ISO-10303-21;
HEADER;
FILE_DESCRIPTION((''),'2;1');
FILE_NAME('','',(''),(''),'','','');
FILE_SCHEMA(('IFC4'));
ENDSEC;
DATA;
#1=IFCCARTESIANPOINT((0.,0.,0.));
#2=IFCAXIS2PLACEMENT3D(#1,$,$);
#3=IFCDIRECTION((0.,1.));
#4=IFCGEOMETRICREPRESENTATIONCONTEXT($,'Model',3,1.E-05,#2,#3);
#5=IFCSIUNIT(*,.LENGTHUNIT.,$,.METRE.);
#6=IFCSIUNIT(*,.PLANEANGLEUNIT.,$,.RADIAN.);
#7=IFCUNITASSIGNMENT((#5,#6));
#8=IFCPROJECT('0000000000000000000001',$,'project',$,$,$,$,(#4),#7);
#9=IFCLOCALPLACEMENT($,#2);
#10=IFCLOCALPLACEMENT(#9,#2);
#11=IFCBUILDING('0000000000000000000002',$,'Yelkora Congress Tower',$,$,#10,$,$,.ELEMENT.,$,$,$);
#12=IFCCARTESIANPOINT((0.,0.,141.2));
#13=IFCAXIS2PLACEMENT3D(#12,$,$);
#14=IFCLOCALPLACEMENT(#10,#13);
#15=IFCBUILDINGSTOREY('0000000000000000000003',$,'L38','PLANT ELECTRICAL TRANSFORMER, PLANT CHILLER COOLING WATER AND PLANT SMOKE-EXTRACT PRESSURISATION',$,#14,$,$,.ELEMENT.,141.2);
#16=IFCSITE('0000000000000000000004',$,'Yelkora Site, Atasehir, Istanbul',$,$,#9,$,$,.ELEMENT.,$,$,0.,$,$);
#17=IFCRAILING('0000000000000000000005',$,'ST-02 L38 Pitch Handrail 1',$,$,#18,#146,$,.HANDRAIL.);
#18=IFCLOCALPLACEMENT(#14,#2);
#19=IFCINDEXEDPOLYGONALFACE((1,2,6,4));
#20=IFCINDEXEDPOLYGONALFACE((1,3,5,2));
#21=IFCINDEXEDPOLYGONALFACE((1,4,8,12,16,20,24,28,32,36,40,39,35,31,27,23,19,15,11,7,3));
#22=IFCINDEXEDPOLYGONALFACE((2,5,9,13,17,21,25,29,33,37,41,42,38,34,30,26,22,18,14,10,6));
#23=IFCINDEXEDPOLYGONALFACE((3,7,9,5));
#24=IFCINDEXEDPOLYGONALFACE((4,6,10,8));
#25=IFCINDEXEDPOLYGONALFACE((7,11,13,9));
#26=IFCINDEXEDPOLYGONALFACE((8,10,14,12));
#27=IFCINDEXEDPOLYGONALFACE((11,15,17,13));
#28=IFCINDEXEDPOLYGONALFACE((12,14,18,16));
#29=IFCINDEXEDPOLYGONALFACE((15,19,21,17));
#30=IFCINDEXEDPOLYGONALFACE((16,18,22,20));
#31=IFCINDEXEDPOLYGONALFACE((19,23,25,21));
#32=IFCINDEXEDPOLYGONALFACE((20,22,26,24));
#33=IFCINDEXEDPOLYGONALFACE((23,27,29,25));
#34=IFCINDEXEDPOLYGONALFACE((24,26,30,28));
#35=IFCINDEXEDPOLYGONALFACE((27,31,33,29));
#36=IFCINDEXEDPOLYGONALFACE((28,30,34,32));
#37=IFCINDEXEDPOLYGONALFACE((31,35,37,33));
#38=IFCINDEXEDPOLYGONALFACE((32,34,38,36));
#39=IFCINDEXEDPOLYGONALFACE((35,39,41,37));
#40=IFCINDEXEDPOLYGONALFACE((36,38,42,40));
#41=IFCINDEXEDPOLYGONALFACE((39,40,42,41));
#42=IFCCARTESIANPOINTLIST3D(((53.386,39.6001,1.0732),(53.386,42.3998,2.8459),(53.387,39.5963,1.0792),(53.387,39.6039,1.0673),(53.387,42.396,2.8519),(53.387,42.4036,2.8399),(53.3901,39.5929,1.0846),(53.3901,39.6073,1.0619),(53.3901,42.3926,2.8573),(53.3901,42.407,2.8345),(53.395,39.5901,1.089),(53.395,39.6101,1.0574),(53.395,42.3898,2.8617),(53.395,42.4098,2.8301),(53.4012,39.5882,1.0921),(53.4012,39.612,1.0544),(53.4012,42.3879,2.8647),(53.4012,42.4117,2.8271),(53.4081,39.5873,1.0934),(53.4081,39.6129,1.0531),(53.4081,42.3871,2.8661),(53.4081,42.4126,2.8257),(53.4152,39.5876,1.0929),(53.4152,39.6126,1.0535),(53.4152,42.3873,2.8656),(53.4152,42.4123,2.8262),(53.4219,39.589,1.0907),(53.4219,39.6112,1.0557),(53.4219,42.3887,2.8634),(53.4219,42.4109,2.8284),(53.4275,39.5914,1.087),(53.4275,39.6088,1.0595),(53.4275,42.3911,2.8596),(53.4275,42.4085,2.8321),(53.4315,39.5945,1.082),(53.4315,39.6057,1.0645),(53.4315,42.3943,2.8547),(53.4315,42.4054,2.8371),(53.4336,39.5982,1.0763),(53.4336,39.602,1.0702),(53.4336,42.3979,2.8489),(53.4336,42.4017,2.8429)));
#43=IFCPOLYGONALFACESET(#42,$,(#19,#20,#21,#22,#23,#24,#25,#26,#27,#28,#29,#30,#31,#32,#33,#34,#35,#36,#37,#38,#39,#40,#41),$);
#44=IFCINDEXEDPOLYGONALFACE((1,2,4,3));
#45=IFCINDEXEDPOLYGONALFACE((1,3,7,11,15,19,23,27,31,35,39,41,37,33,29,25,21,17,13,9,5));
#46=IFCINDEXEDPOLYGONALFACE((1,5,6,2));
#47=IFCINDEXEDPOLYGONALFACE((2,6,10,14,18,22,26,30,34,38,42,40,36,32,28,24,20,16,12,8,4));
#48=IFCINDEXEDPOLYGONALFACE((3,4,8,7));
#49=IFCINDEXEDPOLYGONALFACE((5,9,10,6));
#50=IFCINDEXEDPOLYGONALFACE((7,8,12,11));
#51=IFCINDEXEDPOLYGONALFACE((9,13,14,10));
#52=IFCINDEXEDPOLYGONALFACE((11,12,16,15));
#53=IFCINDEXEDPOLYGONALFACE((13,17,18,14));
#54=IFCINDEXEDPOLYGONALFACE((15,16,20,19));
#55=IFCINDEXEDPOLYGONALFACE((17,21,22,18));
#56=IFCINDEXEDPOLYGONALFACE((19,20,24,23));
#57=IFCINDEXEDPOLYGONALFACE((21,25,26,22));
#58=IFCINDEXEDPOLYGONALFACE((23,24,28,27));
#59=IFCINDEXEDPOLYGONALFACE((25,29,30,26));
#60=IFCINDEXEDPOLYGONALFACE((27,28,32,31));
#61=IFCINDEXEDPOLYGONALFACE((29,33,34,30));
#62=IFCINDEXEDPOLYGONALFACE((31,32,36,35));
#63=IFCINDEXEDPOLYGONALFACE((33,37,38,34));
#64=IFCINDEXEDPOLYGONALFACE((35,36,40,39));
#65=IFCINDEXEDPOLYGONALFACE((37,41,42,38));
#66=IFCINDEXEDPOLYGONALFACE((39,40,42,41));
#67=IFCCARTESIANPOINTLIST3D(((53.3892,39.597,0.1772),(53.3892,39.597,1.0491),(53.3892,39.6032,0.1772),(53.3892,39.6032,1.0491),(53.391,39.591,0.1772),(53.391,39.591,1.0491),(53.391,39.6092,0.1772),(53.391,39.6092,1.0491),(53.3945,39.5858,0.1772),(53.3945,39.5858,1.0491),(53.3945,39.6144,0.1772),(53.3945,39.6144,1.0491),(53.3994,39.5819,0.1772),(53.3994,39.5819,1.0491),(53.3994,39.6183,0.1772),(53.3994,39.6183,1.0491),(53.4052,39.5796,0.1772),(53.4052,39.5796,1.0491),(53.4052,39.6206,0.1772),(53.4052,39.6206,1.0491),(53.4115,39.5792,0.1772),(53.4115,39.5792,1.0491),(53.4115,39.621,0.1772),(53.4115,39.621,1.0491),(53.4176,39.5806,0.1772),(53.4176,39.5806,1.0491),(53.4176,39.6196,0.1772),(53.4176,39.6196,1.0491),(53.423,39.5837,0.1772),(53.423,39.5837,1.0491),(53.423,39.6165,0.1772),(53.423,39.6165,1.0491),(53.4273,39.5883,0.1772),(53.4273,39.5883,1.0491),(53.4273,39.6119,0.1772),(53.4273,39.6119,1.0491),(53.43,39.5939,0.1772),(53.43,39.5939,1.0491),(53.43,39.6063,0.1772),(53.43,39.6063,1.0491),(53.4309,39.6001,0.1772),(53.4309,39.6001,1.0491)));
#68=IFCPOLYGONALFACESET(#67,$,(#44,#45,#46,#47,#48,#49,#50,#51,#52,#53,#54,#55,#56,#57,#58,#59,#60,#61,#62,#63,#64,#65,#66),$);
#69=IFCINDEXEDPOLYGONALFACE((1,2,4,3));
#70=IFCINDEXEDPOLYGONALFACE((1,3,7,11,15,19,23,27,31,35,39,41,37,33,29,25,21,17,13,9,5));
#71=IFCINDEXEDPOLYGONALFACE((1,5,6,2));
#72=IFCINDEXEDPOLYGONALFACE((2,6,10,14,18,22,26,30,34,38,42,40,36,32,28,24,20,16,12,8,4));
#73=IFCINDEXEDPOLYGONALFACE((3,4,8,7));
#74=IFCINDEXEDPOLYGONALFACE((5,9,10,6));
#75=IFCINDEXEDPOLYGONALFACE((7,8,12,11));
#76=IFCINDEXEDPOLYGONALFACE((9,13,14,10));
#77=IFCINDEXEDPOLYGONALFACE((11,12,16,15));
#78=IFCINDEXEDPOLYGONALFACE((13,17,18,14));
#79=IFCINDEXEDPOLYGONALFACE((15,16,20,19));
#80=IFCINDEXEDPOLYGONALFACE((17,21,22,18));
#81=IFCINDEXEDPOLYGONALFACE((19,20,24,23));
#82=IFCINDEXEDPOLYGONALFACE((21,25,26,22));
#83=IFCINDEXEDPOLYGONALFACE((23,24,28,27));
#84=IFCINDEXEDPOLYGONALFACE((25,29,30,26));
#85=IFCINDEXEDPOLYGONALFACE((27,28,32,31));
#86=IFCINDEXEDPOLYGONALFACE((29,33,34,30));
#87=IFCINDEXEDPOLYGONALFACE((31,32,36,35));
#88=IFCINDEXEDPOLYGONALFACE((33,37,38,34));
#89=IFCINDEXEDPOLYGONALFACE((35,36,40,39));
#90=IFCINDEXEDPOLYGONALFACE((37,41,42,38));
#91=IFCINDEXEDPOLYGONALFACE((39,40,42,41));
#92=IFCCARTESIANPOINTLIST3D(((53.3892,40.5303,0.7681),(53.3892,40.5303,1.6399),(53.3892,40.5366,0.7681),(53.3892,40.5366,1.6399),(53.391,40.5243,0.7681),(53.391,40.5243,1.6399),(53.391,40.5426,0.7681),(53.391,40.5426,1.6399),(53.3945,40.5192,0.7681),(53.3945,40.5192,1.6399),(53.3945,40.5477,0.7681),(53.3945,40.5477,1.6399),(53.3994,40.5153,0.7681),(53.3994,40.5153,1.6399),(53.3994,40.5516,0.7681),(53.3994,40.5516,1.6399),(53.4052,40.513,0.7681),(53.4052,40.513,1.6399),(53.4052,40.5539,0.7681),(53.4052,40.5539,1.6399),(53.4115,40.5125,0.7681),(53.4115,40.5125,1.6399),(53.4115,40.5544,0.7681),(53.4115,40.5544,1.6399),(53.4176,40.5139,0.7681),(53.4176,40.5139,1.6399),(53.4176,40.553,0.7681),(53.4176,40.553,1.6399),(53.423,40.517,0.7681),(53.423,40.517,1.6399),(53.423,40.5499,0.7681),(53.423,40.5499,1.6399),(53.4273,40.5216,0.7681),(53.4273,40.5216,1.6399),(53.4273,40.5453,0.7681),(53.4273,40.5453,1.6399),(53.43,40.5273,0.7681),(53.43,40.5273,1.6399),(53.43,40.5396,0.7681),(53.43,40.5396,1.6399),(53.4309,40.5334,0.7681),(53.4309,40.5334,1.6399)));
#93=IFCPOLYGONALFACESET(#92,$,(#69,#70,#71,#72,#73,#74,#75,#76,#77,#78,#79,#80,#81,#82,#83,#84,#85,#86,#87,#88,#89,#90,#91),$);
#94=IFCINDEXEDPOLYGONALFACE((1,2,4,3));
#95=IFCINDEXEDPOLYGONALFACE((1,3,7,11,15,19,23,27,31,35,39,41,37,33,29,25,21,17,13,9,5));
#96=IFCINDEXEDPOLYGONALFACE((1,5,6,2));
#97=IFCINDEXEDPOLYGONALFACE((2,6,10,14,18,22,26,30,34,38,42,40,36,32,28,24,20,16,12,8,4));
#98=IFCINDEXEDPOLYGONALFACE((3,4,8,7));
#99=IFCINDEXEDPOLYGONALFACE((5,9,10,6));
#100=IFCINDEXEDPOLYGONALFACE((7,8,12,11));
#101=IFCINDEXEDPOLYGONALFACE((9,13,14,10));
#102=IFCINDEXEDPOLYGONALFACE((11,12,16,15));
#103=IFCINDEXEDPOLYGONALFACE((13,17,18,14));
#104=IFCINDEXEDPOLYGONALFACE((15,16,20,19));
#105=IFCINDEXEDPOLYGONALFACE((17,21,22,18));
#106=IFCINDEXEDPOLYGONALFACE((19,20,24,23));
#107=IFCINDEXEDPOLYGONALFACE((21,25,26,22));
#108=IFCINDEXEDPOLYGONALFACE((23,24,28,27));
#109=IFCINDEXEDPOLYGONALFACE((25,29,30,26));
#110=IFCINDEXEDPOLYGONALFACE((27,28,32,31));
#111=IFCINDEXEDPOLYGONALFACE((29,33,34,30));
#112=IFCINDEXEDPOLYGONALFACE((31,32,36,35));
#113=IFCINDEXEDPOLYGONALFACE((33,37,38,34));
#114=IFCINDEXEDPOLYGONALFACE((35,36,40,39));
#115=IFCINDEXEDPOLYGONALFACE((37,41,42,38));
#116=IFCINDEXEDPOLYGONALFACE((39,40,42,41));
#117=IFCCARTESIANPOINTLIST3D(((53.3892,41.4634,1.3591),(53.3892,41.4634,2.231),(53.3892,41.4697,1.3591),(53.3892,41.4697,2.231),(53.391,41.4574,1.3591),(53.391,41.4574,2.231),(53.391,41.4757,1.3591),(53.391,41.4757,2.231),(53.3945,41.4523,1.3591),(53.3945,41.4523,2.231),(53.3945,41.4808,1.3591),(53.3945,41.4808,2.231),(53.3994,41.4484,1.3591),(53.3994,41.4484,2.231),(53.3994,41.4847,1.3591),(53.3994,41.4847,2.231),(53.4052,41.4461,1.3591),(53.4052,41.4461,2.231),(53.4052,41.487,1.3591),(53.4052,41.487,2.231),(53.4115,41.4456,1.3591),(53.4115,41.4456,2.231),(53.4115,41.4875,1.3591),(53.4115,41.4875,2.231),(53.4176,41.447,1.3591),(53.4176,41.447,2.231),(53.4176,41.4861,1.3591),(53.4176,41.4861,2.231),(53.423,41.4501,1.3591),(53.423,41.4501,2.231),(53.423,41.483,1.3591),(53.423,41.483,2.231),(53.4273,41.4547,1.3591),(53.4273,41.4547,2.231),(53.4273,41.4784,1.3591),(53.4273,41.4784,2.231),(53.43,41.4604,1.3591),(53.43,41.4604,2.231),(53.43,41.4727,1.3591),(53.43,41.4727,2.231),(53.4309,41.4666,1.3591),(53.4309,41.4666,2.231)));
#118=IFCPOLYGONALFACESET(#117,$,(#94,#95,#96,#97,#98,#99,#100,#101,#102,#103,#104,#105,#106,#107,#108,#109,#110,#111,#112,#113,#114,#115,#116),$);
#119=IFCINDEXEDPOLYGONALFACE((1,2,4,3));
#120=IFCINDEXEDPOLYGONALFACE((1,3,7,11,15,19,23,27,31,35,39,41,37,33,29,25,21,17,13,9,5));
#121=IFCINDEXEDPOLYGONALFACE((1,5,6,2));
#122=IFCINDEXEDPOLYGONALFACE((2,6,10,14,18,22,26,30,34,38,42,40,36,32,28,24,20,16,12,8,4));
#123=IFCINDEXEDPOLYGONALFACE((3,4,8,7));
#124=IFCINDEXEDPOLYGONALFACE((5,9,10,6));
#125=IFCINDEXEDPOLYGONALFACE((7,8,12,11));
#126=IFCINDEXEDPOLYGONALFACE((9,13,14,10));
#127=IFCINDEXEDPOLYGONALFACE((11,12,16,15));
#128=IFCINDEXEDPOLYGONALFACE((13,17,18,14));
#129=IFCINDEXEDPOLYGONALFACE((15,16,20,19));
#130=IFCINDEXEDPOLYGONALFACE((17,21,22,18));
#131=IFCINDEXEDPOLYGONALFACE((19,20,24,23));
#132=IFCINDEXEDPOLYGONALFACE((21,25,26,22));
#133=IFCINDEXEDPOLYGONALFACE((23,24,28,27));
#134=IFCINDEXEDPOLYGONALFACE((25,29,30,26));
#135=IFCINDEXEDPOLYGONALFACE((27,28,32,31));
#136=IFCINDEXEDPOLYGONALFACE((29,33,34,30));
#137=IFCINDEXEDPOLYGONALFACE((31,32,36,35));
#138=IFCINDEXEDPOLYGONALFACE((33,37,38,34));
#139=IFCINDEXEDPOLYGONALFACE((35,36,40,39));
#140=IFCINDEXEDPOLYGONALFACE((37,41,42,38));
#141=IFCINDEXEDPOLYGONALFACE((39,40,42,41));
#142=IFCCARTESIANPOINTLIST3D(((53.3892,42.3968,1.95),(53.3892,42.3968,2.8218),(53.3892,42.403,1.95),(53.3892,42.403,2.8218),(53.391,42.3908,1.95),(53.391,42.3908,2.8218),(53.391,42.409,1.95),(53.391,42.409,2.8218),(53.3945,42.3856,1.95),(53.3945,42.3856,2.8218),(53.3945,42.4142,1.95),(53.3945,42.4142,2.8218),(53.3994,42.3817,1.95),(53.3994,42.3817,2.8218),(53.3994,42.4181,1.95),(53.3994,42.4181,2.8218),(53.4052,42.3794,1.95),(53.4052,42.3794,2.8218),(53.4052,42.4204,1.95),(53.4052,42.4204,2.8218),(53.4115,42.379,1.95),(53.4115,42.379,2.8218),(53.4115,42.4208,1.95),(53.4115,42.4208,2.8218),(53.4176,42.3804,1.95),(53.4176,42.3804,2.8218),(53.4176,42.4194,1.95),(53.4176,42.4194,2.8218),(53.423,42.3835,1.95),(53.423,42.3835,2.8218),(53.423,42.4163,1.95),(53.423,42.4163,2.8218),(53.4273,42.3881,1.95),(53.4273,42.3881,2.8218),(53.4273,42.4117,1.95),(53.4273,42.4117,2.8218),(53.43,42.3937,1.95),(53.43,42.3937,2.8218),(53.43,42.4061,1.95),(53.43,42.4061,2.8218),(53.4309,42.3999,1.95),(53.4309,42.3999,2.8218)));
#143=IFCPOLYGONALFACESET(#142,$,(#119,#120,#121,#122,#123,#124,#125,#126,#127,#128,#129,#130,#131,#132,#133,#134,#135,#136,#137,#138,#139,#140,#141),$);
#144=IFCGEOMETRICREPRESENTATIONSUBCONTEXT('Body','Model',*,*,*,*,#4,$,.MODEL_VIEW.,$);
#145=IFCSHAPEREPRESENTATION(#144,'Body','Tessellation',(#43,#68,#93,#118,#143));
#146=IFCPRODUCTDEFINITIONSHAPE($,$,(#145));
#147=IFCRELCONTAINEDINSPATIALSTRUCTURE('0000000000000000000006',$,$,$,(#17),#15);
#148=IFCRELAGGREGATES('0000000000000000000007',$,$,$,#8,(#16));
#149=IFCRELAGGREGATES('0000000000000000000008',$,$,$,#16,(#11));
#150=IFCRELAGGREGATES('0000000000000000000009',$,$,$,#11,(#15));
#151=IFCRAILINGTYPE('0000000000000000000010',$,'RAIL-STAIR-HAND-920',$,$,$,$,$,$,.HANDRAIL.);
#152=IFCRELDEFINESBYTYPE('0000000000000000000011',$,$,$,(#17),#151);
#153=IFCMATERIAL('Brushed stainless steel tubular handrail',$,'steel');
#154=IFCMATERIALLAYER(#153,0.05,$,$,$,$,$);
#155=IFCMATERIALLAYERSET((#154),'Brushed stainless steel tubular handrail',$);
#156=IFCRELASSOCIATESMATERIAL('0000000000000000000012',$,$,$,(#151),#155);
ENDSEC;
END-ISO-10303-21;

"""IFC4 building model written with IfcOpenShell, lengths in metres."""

from ifc_helpers import new_model, si_unit, direction, frame, origin, origin_2d, place, context, subcontext, project, spatial, circle, extrude, material, layer, layer_set, type_object, element, save


model = new_model("IFC4")

# Units and contexts
model_context = context("Model", 3, precision=1e-05, world=origin(), true_north=direction((0.0, 1.0)))
body_context = subcontext(model_context, "Body", "Model", "MODEL_VIEW")
ifc_project = project(units=[si_unit("LENGTHUNIT", "METRE"), si_unit("PLANEANGLEUNIT", "RADIAN")], contexts=[model_context])

# Site, building, storey
site_placement = place(None, origin())
site = spatial("IfcSite", under=ifc_project, at=site_placement, Name="Yelkora Site, Atasehir, Istanbul", CompositionType="ELEMENT", RefElevation=0.0)
building_placement = place(site_placement, origin())
building = spatial("IfcBuilding", under=site, at=building_placement, Name="Yelkora Congress Tower", CompositionType="ELEMENT")
storey_placement = place(building_placement, frame((0.0, 0.0, 141.2)))
storey = spatial("IfcBuildingStorey", under=building, at=storey_placement, Name="L38", Description="PLANT ELECTRICAL TRANSFORMER, PLANT CHILLER COOLING WATER AND PLANT SMOKE-EXTRACT PRESSURISATION", CompositionType="ELEMENT", Elevation=141.2)

# Railing
ifc_material_1 = material(Name="Brushed stainless steel tubular handrail", Category="steel")
ifc_layer_1 = layer(ifc_material_1, 0.05)
ifc_layer_set_1 = layer_set([ifc_layer_1], Name="Brushed stainless steel tubular handrail")
railing_type_1 = type_object("IfcRailingType", Name="RAIL-STAIR-HAND-920", PredefinedType="HANDRAIL", material=ifc_layer_set_1)
railing_1_placement = place(storey_placement, frame((53.4099, 39.6001, 0.1772)))
element("IfcRailing", 1, at=railing_1_placement, inside=storey, type_object=railing_type_1, Name="ST-02 L38 Pitch Handrail 1", PredefinedType="HANDRAIL", context=body_context, shape_type="SweptSolid", body=[
    extrude(circle(Radius=0.0239, at=origin_2d()), frame((0.0, 0.0, 0.896), z_axis=(0.0, 0.844888, 0.534943), x_axis=(-1.0, 0.0, 0.0)), (0.0, 0.0, 1.0), 3.3137),
    extrude(circle(Radius=0.021, at=origin_2d()), origin(), (0.0, 0.0, 1.0), 0.8718),
    extrude(circle(Radius=0.021, at=origin_2d()), frame((0.0, 0.9333, 0.5908)), (0.0, 0.0, 1.0), 0.8718),
    extrude(circle(Radius=0.021, at=origin_2d()), frame((0.0, 1.8665, 1.1819)), (0.0, 0.0, 1.0), 0.8718),
    extrude(circle(Radius=0.021, at=origin_2d()), frame((0.0, 2.7998, 1.7727)), (0.0, 0.0, 1.0), 0.8718),
])

save(model, "model.ifc")
